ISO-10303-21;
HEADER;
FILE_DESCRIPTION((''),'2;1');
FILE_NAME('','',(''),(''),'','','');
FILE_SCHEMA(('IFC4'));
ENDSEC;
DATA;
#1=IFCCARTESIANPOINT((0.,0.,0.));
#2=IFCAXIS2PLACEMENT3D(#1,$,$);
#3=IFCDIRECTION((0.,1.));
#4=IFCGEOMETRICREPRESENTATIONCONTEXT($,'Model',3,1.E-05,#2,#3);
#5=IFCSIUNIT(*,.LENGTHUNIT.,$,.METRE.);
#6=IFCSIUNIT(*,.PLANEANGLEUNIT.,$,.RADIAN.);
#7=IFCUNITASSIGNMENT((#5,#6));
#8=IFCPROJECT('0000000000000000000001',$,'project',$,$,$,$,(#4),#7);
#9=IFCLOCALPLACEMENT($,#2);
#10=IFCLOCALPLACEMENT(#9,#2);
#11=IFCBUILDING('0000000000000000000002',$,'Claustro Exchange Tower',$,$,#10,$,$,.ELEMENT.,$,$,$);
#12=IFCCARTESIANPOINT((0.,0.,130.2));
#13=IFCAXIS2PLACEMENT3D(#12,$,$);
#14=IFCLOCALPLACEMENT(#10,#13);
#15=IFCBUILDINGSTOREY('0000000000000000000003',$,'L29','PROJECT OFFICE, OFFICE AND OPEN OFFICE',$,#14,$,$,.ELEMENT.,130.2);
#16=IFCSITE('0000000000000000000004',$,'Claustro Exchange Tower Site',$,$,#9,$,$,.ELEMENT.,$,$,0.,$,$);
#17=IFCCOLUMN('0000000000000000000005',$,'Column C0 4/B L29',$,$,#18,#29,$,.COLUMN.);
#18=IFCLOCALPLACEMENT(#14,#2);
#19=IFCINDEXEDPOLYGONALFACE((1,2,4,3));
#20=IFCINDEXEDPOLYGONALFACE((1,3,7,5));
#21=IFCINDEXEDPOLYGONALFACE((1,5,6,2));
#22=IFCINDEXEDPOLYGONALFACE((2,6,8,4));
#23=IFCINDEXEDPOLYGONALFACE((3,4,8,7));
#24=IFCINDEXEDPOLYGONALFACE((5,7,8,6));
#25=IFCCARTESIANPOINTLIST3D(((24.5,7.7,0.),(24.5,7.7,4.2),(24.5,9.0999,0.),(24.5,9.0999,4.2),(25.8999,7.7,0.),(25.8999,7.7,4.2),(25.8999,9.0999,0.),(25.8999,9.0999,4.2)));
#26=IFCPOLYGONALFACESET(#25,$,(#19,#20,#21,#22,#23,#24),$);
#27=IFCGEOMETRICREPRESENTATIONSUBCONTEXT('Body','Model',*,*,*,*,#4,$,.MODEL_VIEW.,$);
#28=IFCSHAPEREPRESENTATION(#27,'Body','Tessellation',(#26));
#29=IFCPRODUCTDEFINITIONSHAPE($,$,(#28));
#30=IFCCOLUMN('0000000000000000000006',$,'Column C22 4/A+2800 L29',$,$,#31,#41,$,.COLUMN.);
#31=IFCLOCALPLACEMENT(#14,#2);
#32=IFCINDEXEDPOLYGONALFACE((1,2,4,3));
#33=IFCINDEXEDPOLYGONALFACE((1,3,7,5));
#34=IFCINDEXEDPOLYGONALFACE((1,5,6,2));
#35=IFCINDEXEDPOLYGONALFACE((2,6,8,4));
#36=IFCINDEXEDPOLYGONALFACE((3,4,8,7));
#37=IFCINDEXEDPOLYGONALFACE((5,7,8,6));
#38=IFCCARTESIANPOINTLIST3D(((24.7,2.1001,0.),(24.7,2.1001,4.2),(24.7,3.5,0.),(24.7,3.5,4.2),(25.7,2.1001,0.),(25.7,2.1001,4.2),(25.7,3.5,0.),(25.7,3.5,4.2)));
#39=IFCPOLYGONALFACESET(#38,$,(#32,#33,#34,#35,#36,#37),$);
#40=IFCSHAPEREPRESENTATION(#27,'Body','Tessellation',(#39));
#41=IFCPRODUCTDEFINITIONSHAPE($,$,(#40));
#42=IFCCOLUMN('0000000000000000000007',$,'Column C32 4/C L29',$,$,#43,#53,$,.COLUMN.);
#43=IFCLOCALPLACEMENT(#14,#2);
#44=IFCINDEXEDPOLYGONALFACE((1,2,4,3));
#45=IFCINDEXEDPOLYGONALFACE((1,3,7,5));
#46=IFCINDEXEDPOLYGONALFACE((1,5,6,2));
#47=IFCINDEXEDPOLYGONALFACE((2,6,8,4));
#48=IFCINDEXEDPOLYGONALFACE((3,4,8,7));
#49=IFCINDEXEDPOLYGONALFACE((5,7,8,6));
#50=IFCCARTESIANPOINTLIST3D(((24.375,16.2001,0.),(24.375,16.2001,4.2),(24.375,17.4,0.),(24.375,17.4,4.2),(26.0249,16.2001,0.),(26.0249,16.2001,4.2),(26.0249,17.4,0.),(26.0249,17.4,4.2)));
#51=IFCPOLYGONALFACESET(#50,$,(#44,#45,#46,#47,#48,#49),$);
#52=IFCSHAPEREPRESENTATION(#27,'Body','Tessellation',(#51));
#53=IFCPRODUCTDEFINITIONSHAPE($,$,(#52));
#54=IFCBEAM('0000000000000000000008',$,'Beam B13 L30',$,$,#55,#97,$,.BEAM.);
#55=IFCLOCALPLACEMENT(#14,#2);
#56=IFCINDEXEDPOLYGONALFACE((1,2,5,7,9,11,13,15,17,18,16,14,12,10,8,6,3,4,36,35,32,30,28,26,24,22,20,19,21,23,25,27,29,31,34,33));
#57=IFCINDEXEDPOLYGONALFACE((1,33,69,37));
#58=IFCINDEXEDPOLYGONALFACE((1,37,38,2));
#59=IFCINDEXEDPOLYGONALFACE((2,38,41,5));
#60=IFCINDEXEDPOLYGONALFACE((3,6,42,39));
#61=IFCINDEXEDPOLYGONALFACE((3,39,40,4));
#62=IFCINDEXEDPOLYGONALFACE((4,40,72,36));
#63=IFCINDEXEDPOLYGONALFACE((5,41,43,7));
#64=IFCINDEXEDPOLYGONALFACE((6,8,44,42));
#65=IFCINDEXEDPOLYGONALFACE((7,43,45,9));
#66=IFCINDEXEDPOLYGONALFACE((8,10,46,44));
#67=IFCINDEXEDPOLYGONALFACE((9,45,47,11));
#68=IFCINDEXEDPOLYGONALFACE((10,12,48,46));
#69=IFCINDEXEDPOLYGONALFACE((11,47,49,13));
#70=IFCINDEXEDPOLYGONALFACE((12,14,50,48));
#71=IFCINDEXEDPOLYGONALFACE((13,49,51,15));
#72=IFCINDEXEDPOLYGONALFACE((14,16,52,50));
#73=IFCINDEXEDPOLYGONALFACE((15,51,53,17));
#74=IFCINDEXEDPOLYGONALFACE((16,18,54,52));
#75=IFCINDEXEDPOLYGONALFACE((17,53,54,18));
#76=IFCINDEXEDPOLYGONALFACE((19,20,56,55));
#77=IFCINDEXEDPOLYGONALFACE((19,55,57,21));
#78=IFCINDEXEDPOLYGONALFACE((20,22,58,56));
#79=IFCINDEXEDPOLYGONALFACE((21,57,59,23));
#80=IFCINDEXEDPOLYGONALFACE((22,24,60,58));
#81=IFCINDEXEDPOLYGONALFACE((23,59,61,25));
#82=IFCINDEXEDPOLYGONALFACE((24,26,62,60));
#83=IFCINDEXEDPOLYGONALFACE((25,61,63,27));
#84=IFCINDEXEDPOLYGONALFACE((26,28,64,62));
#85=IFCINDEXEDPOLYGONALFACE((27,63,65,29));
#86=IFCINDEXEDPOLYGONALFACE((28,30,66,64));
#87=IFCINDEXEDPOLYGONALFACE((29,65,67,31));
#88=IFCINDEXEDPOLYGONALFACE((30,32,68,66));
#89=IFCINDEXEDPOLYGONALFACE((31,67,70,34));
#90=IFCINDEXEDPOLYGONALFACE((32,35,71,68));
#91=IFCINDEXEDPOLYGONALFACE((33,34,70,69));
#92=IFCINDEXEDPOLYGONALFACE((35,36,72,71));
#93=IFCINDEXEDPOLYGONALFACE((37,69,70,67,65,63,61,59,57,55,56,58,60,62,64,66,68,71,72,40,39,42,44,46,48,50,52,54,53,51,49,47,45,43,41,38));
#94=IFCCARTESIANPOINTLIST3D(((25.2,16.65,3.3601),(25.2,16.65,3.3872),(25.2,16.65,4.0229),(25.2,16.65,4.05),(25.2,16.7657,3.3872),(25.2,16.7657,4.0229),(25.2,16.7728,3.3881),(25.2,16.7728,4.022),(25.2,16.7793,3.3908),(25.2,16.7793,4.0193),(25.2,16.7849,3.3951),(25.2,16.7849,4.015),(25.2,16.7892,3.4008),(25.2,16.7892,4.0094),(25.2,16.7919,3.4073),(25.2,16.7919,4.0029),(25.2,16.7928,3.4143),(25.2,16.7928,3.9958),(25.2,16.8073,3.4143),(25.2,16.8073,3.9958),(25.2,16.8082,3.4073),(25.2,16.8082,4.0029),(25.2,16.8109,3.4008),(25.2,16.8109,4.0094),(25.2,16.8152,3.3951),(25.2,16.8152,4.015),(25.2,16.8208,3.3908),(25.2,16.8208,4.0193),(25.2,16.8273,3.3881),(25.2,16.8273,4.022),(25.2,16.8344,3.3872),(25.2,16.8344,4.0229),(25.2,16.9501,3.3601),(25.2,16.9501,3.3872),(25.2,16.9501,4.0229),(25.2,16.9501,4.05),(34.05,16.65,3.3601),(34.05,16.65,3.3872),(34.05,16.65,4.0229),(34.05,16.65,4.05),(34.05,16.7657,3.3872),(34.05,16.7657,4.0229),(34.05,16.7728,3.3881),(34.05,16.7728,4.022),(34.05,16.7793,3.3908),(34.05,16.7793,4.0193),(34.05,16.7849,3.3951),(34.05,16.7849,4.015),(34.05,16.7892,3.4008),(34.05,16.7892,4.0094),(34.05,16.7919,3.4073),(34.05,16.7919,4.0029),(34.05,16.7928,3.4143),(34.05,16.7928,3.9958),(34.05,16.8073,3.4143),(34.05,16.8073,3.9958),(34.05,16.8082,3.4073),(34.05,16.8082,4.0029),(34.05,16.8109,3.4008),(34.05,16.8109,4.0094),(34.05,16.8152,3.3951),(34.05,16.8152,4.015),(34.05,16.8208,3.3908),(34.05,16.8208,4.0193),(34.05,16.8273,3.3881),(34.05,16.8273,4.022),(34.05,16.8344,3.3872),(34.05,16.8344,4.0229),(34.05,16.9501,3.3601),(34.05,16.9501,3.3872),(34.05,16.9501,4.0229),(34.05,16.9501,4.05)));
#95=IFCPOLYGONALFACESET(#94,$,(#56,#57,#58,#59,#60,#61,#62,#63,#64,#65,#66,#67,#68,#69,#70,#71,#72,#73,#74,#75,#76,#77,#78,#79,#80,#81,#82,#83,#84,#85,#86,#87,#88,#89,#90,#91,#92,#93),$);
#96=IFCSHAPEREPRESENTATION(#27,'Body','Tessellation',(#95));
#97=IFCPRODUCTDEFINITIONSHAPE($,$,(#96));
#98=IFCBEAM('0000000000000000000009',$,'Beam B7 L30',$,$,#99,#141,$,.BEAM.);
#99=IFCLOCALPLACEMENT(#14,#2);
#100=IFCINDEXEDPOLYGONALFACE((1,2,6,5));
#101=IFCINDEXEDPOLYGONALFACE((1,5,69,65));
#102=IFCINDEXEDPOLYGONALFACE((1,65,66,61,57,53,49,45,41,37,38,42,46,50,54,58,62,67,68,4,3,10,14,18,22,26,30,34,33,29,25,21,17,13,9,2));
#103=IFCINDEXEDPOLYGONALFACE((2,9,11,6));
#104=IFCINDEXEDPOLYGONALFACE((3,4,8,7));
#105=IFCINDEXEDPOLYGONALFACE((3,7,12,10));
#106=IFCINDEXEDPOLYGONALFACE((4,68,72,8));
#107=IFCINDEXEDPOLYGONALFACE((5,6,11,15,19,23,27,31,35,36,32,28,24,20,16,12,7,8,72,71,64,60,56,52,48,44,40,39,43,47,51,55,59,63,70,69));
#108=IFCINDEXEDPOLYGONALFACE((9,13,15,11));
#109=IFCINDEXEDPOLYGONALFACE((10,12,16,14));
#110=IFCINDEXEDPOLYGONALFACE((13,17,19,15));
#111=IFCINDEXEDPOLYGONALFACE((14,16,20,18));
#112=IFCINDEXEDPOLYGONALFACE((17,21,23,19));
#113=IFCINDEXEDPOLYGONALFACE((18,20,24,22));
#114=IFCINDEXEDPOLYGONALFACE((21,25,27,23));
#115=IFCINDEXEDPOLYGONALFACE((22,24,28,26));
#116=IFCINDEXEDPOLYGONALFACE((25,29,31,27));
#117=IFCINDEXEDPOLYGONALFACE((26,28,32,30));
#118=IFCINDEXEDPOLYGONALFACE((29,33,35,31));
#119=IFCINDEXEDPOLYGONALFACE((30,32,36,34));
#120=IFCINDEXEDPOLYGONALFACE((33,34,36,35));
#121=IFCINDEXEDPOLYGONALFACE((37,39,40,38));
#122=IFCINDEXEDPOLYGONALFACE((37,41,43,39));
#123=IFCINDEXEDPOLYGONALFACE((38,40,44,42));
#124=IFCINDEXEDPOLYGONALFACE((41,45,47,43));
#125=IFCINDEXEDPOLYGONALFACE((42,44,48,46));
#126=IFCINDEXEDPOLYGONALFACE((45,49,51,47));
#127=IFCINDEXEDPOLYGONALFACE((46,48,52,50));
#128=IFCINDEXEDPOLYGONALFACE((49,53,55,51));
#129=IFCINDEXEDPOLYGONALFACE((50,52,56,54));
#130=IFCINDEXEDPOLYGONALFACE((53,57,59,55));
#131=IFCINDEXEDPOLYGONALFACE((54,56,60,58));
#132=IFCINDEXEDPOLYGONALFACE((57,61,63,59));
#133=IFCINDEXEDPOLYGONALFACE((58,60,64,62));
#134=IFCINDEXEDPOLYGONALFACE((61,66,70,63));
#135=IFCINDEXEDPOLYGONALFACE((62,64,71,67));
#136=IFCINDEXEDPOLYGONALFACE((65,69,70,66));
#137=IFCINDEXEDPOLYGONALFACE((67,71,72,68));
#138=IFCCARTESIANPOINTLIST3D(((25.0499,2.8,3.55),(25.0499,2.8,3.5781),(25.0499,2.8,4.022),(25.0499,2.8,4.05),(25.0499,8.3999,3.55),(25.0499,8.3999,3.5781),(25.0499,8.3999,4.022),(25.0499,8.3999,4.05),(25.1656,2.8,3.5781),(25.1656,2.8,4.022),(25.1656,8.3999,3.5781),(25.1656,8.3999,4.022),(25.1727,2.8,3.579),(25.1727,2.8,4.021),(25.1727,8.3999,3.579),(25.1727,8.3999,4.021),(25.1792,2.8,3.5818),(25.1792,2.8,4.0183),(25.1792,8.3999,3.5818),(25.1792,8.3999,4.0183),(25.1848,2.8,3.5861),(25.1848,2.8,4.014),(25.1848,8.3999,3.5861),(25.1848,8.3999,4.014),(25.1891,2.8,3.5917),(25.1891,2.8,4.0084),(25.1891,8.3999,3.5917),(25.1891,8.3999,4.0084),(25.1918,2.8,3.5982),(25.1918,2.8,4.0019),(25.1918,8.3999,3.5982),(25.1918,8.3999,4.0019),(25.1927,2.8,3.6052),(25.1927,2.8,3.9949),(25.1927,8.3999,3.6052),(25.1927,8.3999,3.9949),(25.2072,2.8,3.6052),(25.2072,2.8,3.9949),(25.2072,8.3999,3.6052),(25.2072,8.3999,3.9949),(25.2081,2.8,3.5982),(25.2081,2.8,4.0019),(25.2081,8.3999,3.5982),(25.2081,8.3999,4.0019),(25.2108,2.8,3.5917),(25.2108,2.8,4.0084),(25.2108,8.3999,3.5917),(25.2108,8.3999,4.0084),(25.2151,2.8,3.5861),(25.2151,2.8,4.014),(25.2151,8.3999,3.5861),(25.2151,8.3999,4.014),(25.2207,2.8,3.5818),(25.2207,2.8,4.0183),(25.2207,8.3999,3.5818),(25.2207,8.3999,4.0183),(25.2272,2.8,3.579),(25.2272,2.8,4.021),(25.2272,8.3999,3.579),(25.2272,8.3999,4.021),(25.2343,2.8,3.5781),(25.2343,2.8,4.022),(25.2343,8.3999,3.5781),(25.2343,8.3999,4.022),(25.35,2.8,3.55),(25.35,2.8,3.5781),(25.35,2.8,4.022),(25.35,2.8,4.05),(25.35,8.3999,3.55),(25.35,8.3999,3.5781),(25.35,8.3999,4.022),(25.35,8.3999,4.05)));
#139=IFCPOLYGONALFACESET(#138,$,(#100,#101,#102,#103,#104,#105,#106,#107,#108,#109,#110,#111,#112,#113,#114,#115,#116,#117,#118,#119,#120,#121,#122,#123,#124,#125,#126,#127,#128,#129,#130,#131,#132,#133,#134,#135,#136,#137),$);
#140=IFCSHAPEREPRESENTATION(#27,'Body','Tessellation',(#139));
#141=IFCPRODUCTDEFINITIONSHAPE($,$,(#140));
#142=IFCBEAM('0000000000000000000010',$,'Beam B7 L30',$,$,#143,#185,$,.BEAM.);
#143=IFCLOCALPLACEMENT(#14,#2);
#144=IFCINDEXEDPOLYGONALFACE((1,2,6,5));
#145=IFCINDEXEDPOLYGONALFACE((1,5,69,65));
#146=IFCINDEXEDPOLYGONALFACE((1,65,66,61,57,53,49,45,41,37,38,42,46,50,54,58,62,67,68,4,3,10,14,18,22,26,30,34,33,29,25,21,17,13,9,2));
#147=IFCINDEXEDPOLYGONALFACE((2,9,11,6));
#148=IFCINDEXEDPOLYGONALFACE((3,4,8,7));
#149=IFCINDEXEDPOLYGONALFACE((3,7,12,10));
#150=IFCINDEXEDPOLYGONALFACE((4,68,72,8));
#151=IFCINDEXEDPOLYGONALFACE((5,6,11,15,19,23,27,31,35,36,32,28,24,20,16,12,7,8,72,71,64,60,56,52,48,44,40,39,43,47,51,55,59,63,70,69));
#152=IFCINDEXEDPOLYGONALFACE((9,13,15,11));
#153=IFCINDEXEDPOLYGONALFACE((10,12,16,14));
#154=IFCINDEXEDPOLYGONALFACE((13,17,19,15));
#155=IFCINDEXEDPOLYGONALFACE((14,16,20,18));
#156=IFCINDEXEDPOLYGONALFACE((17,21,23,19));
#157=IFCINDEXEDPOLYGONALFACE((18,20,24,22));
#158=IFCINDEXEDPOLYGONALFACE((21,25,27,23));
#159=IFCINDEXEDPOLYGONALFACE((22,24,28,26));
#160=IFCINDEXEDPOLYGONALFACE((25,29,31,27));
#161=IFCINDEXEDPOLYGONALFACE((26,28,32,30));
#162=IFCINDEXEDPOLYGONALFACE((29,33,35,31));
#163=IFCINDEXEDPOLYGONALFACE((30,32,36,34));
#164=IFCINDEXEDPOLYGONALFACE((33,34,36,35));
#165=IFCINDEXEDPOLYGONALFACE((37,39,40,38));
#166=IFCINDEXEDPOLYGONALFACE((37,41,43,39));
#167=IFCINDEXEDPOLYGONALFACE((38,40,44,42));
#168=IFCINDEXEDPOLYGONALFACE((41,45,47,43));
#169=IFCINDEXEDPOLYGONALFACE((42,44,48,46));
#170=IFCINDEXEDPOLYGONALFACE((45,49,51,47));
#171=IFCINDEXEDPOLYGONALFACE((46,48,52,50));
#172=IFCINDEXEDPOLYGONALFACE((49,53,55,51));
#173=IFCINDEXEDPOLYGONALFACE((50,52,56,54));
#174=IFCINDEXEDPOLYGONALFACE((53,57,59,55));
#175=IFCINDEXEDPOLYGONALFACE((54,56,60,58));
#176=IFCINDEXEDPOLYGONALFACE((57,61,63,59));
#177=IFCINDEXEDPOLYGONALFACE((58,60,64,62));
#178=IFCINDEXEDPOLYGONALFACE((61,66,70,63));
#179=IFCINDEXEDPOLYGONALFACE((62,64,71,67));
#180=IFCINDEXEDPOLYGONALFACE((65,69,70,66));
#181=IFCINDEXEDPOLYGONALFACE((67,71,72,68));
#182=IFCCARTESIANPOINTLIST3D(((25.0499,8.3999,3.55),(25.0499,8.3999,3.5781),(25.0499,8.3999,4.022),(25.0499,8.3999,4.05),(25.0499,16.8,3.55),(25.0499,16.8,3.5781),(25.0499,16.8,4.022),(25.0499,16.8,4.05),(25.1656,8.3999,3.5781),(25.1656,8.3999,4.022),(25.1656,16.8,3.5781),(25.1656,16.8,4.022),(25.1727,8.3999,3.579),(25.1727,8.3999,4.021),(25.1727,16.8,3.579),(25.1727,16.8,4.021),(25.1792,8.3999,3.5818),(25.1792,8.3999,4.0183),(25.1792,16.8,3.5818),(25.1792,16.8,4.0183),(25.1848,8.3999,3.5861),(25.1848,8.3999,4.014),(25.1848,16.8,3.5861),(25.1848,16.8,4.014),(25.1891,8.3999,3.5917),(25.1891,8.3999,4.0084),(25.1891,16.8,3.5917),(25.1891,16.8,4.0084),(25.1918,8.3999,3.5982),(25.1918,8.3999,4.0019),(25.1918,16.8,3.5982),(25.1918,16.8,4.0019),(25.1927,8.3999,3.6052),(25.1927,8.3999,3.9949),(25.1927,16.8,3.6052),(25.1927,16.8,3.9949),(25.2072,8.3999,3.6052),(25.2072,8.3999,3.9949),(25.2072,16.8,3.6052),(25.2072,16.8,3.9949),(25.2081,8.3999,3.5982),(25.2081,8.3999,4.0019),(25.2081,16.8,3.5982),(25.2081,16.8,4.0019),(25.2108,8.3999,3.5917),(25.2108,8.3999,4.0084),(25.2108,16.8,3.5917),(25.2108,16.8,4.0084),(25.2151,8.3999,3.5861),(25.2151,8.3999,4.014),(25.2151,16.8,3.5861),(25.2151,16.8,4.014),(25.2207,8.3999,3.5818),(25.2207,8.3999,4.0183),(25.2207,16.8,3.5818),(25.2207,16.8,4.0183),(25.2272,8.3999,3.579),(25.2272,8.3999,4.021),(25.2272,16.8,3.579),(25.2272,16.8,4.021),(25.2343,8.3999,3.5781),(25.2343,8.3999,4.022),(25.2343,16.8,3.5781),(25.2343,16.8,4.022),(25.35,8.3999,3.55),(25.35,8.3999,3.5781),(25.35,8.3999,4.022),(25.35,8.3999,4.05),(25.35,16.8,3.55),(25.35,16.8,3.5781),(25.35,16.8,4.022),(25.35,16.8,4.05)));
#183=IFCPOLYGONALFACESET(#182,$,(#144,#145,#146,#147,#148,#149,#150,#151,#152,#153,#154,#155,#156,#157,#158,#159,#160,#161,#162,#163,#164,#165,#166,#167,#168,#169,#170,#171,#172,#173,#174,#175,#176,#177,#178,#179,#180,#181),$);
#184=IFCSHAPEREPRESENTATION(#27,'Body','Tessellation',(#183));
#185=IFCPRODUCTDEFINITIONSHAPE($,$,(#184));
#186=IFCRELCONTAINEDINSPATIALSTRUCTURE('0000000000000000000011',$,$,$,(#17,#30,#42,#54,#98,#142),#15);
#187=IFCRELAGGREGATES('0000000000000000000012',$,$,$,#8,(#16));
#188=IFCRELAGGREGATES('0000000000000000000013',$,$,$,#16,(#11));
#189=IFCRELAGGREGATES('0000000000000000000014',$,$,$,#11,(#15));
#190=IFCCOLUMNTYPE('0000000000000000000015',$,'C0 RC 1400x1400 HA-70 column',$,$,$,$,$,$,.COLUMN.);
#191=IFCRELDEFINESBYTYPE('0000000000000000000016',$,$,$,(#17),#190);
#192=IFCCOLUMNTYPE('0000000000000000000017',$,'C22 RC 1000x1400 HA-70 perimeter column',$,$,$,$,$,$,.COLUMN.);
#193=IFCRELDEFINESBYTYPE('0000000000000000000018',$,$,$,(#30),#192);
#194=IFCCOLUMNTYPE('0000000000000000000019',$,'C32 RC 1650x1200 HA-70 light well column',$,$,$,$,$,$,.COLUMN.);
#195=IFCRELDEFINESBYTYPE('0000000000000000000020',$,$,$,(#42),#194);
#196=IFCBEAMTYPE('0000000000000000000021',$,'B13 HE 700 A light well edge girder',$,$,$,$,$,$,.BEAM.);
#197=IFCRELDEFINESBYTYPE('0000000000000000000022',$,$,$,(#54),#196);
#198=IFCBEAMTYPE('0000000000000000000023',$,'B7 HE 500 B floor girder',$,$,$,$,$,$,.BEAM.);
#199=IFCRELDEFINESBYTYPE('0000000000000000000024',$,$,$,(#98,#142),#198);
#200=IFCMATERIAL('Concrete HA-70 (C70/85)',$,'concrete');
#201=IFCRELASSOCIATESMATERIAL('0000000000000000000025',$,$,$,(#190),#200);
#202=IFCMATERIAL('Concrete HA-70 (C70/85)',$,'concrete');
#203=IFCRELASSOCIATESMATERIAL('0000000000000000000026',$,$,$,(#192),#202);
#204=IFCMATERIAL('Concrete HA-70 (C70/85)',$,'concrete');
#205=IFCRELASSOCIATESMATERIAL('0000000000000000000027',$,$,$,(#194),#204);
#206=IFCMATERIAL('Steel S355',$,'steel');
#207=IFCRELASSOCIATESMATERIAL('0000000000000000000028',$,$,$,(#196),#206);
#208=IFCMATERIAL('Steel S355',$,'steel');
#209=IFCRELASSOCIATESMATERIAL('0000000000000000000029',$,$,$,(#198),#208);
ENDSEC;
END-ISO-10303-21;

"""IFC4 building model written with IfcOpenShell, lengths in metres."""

from ifc_helpers import new_model, si_unit, direction, frame, origin, origin_2d, place, context, subcontext, project, spatial, rectangle, i_section, extrude, material, material_profile, profile_set, type_object, element, save


model = new_model("IFC4")

# Units and contexts
model_context = context("Model", 3, precision=1e-05, world=origin(), true_north=direction((0.0, 1.0)))
body_context = subcontext(model_context, "Body", "Model", "MODEL_VIEW")
ifc_project = project(units=[si_unit("LENGTHUNIT", "METRE"), si_unit("PLANEANGLEUNIT", "RADIAN")], contexts=[model_context])

# Site, building, storey
site_placement = place(None, origin())
site = spatial("IfcSite", under=ifc_project, at=site_placement, Name="Claustro Exchange Tower Site", CompositionType="ELEMENT", RefElevation=0.0)
building_placement = place(site_placement, origin())
building = spatial("IfcBuilding", under=site, at=building_placement, Name="Claustro Exchange Tower", CompositionType="ELEMENT")
storey_placement = place(building_placement, frame((0.0, 0.0, 130.2)))
storey = spatial("IfcBuildingStorey", under=building, at=storey_placement, Name="L29", Description="PROJECT OFFICE, OFFICE AND OPEN OFFICE", CompositionType="ELEMENT", Elevation=130.2)

# Columns
ifc_material_1 = material(Name="Concrete HA-70 (C70/85)", Category="concrete")
ifc_material_profile_1 = material_profile(ifc_material_1, rectangle(XDim=1.3999, YDim=1.3999, at=origin_2d()), Name="RC 1400x1400")
ifc_profile_set_1 = profile_set([ifc_material_profile_1], Name="Concrete HA-70 (C70/85)")
column_type_1 = type_object("IfcColumnType", Name="C0 RC 1400x1400 HA-70 column", PredefinedType="COLUMN", material=ifc_profile_set_1)
column_1_placement = place(storey_placement, frame((25.2, 8.3999, 0.0), z_axis=(0.0, 0.0, 1.0), x_axis=(1.0, 0.0, 0.0)))
element("IfcColumn", 1, at=column_1_placement, inside=storey, type_object=column_type_1, Name="Column C0 4/B L29", PredefinedType="COLUMN", context=body_context, shape_type="SweptSolid", body=[
    extrude(rectangle(XDim=1.3999, YDim=1.3999, at=origin_2d()), origin(), (0.0, 0.0, 1.0), 4.2),
])
ifc_material_2 = material(Name="Concrete HA-70 (C70/85)", Category="concrete")
ifc_material_profile_2 = material_profile(ifc_material_2, rectangle(XDim=1.0, YDim=1.3999, at=origin_2d()), Name="RC 1000x1400")
ifc_profile_set_2 = profile_set([ifc_material_profile_2], Name="Concrete HA-70 (C70/85)")
column_type_2 = type_object("IfcColumnType", Name="C22 RC 1000x1400 HA-70 perimeter column", PredefinedType="COLUMN", material=ifc_profile_set_2)
column_2_placement = place(storey_placement, frame((25.2, 2.8, 0.0), z_axis=(0.0, 0.0, 1.0), x_axis=(1.0, 0.0, 0.0)))
element("IfcColumn", 2, at=column_2_placement, inside=storey, type_object=column_type_2, Name="Column C22 4/A+2800 L29", PredefinedType="COLUMN", context=body_context, shape_type="SweptSolid", body=[
    extrude(rectangle(XDim=1.0, YDim=1.3999, at=origin_2d()), origin(), (0.0, 0.0, 1.0), 4.2),
])
ifc_material_3 = material(Name="Concrete HA-70 (C70/85)", Category="concrete")
ifc_material_profile_3 = material_profile(ifc_material_3, rectangle(XDim=1.6499, YDim=1.2, at=origin_2d()), Name="RC 1650x1200")
ifc_profile_set_3 = profile_set([ifc_material_profile_3], Name="Concrete HA-70 (C70/85)")
column_type_3 = type_object("IfcColumnType", Name="C32 RC 1650x1200 HA-70 light well column", PredefinedType="COLUMN", material=ifc_profile_set_3)
column_3_placement = place(storey_placement, frame((25.2, 16.8, 0.0), z_axis=(0.0, 0.0, 1.0), x_axis=(1.0, 0.0, 0.0)))
element("IfcColumn", 3, at=column_3_placement, inside=storey, type_object=column_type_3, Name="Column C32 4/C L29", PredefinedType="COLUMN", context=body_context, shape_type="SweptSolid", body=[
    extrude(rectangle(XDim=1.6499, YDim=1.2, at=origin_2d()), origin(), (0.0, 0.0, 1.0), 4.2),
])

# Beams
ifc_material_4 = material(Name="Steel S355", Category="steel")
ifc_material_profile_4 = material_profile(ifc_material_4, i_section(OverallWidth=0.3, OverallDepth=0.6899, WebThickness=0.0144, FlangeThickness=0.0271, FilletRadius=0.0271, at=origin_2d()), Name="HE 700 A")
ifc_profile_set_4 = profile_set([ifc_material_profile_4], Name="Steel S355")
beam_type_1 = type_object("IfcBeamType", Name="B13 HE 700 A light well edge girder", PredefinedType="BEAM", material=ifc_profile_set_4)
beam_1_placement = place(storey_placement, frame((25.2, 16.8, 3.7051), z_axis=(1.0, 0.0, 0.0), x_axis=(0.0, 1.0, 0.0)))
element("IfcBeam", 4, at=beam_1_placement, inside=storey, type_object=beam_type_1, Name="Beam B13 L30", PredefinedType="BEAM", context=body_context, shape_type="SweptSolid", body=[
    extrude(i_section(OverallWidth=0.3, OverallDepth=0.6899, WebThickness=0.0144, FlangeThickness=0.0271, FilletRadius=0.0271, at=origin_2d()), origin(), (0.0, 0.0, 1.0), 8.8501),
])
ifc_material_5 = material(Name="Steel S355", Category="steel")
ifc_material_profile_5 = material_profile(ifc_material_5, i_section(OverallWidth=0.3, OverallDepth=0.5, WebThickness=0.0144, FlangeThickness=0.0281, FilletRadius=0.0271, at=origin_2d()), Name="HE 500 B")
ifc_profile_set_5 = profile_set([ifc_material_profile_5], Name="Steel S355")
beam_type_2 = type_object("IfcBeamType", Name="B7 HE 500 B floor girder", PredefinedType="BEAM", material=ifc_profile_set_5)
beam_2_placement = place(storey_placement, frame((25.2, 2.8, 3.8), z_axis=(0.0, 1.0, 0.0), x_axis=(-1.0, 0.0, 0.0)))
element("IfcBeam", 5, at=beam_2_placement, inside=storey, type_object=beam_type_2, Name="Beam B7 L30", PredefinedType="BEAM", context=body_context, shape_type="SweptSolid", body=[
    extrude(i_section(OverallWidth=0.3, OverallDepth=0.5, WebThickness=0.0144, FlangeThickness=0.0281, FilletRadius=0.0271, at=origin_2d()), origin(), (0.0, 0.0, 1.0), 5.5999),
])
for number, where, z_axis, x_axis, name in (
    (6, (25.2, 8.3999, 3.8), (0.0, 1.0, 0.0), (-1.0, 0.0, 0.0), "Beam B7 L30"),
):
    element("IfcBeam", number, at=place(storey_placement, frame(where, z_axis=z_axis, x_axis=x_axis)), inside=storey, type_object=beam_type_2, Name=name, PredefinedType="BEAM", context=body_context, shape_type="SweptSolid", body=[
        extrude(i_section(OverallWidth=0.3, OverallDepth=0.5, WebThickness=0.0144, FlangeThickness=0.0281, FilletRadius=0.0271, at=origin_2d()), origin(), (0.0, 0.0, 1.0), 8.4001),
    ])

save(model, "model.ifc")
